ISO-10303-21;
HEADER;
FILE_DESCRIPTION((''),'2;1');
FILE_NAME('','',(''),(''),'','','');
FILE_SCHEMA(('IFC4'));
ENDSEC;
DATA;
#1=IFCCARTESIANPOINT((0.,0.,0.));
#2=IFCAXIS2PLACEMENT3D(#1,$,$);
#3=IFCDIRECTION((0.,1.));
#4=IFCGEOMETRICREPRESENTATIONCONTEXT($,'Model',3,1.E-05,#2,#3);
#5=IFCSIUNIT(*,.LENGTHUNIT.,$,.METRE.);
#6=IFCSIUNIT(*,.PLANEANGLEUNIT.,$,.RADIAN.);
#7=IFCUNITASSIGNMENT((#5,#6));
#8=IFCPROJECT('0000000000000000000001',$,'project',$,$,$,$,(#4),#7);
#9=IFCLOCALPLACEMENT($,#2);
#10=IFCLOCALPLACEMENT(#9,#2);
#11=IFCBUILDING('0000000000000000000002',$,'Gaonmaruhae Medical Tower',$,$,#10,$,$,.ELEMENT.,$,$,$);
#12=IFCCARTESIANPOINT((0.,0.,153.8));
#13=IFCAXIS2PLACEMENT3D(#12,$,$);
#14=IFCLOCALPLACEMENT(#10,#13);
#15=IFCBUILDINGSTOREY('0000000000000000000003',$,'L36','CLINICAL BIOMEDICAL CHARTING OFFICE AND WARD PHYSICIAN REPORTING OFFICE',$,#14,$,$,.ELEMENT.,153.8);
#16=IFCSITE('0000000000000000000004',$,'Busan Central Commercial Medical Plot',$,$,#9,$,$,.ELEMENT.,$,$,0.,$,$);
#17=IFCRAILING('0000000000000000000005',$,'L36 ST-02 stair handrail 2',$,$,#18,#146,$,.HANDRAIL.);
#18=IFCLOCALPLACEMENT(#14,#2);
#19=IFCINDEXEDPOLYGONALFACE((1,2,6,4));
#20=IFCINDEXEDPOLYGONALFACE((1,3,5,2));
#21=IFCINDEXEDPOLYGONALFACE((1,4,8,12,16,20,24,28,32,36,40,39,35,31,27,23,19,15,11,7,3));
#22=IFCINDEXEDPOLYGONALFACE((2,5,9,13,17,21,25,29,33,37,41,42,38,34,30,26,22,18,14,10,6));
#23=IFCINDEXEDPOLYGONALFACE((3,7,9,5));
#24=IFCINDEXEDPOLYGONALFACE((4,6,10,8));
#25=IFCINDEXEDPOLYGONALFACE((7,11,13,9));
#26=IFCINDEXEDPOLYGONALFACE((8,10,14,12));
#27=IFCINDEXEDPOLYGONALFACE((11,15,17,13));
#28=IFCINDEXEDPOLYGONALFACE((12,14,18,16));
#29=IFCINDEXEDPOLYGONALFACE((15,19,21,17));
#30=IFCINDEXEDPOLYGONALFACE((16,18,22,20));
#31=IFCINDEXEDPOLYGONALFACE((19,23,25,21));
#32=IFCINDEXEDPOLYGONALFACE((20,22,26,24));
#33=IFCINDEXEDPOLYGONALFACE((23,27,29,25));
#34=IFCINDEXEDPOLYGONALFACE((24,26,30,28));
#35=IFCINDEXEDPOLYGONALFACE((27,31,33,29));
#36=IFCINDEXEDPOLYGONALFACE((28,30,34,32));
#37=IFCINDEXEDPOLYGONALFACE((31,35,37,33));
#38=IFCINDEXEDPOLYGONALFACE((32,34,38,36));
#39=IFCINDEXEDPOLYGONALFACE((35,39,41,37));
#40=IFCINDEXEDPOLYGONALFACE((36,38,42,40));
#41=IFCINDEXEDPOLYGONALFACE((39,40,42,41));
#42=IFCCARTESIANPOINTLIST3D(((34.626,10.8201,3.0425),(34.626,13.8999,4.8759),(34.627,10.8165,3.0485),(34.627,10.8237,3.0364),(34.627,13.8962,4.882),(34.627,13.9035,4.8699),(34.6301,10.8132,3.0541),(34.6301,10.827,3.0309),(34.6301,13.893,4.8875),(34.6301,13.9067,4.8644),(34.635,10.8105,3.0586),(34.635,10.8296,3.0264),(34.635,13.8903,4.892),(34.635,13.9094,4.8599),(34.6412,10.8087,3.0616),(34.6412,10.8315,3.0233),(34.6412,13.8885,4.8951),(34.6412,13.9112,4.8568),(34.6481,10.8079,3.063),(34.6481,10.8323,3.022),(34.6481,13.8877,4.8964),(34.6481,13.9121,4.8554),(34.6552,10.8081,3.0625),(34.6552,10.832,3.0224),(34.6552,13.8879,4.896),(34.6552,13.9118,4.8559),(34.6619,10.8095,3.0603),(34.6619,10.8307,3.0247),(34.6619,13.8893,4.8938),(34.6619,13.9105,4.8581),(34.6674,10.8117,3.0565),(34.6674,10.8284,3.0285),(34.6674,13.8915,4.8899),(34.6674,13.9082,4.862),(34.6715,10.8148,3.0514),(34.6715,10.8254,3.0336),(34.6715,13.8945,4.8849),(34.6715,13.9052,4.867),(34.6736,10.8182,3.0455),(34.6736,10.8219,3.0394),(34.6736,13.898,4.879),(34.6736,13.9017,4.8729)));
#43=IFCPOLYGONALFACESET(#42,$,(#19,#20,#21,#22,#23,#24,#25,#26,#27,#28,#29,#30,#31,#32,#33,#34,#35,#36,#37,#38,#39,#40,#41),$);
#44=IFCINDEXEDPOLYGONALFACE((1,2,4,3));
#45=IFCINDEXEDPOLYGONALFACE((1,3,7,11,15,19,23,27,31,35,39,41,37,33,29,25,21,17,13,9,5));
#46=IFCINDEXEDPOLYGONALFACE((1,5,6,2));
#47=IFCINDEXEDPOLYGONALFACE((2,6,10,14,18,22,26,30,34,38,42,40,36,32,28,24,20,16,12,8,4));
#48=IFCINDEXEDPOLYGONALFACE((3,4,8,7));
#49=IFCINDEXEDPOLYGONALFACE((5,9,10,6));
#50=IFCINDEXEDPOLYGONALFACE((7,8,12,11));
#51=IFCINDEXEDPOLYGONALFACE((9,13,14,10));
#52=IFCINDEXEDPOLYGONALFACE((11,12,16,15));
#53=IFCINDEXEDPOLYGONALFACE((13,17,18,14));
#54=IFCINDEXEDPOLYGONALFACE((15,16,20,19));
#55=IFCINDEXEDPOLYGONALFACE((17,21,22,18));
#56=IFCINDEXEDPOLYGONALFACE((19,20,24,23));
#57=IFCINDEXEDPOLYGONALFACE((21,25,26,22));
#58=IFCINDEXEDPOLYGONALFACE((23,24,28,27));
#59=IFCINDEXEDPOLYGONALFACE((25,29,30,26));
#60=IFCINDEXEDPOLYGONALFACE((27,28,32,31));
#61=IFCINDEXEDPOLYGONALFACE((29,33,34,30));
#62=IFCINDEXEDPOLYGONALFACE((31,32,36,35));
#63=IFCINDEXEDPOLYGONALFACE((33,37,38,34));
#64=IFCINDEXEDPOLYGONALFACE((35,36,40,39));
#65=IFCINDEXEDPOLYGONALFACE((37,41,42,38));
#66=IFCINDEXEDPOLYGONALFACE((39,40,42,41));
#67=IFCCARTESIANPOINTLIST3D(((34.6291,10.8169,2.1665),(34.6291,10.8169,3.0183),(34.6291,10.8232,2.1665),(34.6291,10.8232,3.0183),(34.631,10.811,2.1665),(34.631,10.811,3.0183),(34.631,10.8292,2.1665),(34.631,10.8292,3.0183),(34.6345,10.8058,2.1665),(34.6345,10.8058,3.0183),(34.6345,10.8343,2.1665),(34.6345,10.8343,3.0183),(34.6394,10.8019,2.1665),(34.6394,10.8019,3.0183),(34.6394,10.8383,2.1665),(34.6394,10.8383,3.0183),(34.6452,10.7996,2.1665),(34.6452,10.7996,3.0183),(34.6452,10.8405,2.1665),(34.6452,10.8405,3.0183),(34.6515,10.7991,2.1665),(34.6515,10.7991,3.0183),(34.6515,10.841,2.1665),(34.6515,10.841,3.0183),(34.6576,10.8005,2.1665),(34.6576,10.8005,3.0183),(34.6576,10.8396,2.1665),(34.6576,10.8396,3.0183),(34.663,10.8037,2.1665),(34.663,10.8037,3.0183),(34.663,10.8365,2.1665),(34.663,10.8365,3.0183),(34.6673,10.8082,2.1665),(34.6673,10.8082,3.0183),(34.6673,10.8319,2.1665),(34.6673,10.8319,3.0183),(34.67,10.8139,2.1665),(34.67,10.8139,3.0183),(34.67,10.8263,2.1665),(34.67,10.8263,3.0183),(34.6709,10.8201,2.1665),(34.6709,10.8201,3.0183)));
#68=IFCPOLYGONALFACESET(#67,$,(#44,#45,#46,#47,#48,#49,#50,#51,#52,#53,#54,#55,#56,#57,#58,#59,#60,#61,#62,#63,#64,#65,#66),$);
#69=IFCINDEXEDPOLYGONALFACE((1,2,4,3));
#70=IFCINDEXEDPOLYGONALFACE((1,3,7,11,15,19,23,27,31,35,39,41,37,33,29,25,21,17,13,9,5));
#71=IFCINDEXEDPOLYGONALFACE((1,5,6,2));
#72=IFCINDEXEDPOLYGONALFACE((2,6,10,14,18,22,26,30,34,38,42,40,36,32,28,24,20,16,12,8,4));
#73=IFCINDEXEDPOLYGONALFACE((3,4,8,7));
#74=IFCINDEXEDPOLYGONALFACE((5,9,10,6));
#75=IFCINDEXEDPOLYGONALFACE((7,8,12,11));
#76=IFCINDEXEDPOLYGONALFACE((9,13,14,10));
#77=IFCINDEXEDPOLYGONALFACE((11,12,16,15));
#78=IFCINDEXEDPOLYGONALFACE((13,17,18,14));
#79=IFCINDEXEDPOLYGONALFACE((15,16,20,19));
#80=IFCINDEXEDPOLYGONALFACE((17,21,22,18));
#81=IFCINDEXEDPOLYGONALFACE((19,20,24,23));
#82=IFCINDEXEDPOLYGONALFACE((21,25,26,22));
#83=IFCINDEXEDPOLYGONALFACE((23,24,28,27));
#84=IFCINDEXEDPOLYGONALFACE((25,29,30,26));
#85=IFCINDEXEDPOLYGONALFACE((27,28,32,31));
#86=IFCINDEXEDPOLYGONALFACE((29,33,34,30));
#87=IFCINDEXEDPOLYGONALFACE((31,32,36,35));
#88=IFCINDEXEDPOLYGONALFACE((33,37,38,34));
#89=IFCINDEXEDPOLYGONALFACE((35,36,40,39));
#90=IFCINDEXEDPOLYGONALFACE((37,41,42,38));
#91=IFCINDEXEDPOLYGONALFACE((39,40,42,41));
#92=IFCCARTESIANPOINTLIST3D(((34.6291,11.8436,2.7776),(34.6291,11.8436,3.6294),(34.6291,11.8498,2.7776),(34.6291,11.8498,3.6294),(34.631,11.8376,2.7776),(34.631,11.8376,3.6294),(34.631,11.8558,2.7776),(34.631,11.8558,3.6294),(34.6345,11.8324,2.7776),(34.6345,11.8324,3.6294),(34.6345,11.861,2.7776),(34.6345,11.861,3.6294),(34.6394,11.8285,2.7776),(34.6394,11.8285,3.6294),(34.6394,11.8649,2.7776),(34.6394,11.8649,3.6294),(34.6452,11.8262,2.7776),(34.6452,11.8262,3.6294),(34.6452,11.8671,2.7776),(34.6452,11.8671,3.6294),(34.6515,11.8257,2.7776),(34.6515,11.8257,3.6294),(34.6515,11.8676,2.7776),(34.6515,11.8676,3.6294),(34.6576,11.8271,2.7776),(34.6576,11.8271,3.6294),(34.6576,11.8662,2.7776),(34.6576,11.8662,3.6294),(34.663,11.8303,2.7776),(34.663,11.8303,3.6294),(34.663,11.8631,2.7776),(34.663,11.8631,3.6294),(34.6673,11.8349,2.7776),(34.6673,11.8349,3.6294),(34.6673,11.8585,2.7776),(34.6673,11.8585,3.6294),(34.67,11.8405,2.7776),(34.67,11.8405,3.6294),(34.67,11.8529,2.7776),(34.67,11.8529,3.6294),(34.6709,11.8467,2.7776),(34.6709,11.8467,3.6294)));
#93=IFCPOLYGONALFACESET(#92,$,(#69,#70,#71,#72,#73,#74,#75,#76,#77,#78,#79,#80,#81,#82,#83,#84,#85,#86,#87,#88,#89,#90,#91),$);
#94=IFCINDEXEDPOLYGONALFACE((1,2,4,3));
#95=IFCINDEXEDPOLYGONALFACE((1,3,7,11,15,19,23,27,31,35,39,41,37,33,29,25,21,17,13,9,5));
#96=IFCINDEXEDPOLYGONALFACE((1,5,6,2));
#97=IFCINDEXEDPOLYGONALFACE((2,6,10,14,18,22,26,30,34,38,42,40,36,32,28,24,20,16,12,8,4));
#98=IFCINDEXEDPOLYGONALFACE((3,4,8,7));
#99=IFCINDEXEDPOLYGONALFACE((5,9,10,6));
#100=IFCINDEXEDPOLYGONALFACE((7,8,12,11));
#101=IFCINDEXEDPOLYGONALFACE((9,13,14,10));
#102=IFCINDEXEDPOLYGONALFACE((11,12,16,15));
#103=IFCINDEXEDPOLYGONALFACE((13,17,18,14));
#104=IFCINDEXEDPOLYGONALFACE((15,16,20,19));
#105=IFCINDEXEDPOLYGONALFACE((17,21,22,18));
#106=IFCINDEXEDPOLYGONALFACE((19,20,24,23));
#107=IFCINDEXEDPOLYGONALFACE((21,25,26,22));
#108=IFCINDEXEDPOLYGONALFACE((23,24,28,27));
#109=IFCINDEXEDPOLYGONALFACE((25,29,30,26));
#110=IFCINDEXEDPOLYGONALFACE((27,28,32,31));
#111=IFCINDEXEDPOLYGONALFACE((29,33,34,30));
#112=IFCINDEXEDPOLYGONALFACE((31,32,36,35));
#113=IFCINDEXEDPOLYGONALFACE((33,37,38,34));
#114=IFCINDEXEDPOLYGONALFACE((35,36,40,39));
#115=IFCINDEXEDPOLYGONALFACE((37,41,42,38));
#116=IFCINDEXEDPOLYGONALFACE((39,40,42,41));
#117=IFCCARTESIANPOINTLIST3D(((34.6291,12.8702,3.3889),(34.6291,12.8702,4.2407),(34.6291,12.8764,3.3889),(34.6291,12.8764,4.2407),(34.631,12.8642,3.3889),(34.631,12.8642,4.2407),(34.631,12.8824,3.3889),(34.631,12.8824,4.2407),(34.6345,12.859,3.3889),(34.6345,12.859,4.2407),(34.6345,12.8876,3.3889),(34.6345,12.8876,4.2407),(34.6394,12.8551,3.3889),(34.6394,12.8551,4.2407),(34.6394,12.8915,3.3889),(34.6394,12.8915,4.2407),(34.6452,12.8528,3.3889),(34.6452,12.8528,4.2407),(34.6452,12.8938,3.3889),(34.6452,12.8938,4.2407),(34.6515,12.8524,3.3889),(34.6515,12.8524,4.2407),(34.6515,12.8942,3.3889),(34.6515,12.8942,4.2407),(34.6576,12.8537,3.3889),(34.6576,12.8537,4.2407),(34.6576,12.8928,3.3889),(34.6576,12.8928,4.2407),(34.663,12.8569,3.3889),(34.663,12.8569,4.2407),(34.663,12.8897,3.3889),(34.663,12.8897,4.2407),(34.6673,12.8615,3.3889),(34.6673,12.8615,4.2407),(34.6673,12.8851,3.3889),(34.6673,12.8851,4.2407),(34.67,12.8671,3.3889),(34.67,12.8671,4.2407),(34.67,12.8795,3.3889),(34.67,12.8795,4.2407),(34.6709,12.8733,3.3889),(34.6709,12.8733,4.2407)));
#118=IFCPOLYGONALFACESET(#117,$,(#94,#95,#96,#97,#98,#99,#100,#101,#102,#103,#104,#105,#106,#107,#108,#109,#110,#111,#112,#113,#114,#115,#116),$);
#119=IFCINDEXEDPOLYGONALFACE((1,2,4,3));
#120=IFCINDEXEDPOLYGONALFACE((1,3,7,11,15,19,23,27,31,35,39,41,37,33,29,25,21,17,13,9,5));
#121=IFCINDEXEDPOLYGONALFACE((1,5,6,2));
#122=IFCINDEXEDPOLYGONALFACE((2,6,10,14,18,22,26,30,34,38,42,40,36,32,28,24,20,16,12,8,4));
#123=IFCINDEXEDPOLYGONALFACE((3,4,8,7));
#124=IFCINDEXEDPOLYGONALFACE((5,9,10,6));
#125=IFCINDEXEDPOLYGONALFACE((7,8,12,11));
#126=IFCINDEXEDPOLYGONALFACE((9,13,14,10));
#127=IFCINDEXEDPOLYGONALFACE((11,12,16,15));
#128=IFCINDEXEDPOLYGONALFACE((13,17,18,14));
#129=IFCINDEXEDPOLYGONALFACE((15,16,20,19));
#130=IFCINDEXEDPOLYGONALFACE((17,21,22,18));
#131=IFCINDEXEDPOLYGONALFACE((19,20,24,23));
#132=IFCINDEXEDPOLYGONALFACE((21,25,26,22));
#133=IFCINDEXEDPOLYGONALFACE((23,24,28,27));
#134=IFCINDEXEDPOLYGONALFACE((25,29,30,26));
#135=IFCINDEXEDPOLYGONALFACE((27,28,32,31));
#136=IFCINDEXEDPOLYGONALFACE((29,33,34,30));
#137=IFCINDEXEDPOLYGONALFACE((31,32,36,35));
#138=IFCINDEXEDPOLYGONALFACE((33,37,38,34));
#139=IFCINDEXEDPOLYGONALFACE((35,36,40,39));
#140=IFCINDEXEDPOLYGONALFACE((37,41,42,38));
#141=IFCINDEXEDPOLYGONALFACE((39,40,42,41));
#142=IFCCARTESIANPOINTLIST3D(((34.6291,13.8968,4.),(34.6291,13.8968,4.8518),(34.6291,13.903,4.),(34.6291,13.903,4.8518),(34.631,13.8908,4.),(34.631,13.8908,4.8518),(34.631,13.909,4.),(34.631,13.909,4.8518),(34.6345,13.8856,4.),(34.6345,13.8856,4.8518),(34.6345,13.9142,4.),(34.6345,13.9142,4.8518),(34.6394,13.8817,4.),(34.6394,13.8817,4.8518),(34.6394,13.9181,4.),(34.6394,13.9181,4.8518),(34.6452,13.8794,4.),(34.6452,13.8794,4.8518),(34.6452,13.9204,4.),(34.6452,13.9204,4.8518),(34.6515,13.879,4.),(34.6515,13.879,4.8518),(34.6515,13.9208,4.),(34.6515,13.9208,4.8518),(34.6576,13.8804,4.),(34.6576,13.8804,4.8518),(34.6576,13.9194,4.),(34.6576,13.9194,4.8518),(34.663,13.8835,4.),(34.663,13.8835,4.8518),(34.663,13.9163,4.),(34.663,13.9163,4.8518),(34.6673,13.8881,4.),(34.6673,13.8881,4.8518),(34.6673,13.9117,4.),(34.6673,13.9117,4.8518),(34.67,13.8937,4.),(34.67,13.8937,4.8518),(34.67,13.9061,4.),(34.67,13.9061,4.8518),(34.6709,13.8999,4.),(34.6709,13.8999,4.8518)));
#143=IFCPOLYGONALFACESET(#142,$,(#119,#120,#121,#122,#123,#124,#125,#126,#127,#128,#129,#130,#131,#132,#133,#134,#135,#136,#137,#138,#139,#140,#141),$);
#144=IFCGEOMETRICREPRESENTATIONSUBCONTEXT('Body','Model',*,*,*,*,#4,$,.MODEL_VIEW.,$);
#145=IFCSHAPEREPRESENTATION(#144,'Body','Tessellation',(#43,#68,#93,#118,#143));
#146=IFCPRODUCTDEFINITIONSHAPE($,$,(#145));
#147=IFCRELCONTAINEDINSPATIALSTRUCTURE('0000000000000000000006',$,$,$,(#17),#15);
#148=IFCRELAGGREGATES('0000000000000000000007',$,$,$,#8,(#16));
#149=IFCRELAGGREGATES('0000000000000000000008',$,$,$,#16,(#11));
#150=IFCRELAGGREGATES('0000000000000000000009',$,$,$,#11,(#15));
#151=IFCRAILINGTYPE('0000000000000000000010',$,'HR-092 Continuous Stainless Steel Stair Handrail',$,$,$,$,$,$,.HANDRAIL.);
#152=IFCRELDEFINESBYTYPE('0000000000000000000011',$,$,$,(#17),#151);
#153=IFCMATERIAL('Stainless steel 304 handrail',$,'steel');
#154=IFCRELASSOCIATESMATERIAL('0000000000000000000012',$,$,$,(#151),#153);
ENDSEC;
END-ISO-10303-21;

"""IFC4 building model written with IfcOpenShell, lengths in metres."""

from ifc_helpers import new_model, si_unit, direction, frame, origin, origin_2d, place, context, subcontext, project, spatial, circle, extrude, material, type_object, element, save


model = new_model("IFC4")

# Units and contexts
model_context = context("Model", 3, precision=1e-05, world=origin(), true_north=direction((0.0, 1.0)))
body_context = subcontext(model_context, "Body", "Model", "MODEL_VIEW")
ifc_project = project(units=[si_unit("LENGTHUNIT", "METRE"), si_unit("PLANEANGLEUNIT", "RADIAN")], contexts=[model_context])

# Site, building, storey
site_placement = place(None, origin())
site = spatial("IfcSite", under=ifc_project, at=site_placement, Name="Busan Central Commercial Medical Plot", CompositionType="ELEMENT", RefElevation=0.0)
building_placement = place(site_placement, origin())
building = spatial("IfcBuilding", under=site, at=building_placement, Name="Gaonmaruhae Medical Tower", CompositionType="ELEMENT")
storey_placement = place(building_placement, frame((0.0, 0.0, 153.8)))
storey = spatial("IfcBuildingStorey", under=building, at=storey_placement, Name="L36", Description="CLINICAL BIOMEDICAL CHARTING OFFICE AND WARD PHYSICIAN REPORTING OFFICE", CompositionType="ELEMENT", Elevation=153.8)

# Railing
ifc_material_1 = material(Name="Stainless steel 304 handrail", Category="steel")
railing_type_1 = type_object("IfcRailingType", Name="HR-092 Continuous Stainless Steel Stair Handrail", PredefinedType="HANDRAIL", material=ifc_material_1)
railing_1_placement = place(storey_placement, frame((34.6499, 10.8201, 2.1665)))
element("IfcRailing", 1, at=railing_1_placement, inside=storey, type_object=railing_type_1, Name="L36 ST-02 stair handrail 2", PredefinedType="HANDRAIL", context=body_context, shape_type="SweptSolid", body=[
    extrude(circle(Radius=0.0239, at=origin_2d()), frame((0.0, 0.0, 0.876), z_axis=(0.0, 0.859261, 0.511538), x_axis=(-1.0, 0.0, 0.0)), (0.0, 0.0, 1.0), 3.5842),
    extrude(circle(Radius=0.021, at=origin_2d()), origin(), (0.0, 0.0, 1.0), 0.8518),
    extrude(circle(Radius=0.021, at=origin_2d()), frame((0.0, 1.0266, 0.6111)), (0.0, 0.0, 1.0), 0.8518),
    extrude(circle(Radius=0.021, at=origin_2d()), frame((0.0, 2.0532, 1.2224)), (0.0, 0.0, 1.0), 0.8518),
    extrude(circle(Radius=0.021, at=origin_2d()), frame((0.0, 3.0798, 1.8335)), (0.0, 0.0, 1.0), 0.8518),
])

save(model, "model.ifc")
